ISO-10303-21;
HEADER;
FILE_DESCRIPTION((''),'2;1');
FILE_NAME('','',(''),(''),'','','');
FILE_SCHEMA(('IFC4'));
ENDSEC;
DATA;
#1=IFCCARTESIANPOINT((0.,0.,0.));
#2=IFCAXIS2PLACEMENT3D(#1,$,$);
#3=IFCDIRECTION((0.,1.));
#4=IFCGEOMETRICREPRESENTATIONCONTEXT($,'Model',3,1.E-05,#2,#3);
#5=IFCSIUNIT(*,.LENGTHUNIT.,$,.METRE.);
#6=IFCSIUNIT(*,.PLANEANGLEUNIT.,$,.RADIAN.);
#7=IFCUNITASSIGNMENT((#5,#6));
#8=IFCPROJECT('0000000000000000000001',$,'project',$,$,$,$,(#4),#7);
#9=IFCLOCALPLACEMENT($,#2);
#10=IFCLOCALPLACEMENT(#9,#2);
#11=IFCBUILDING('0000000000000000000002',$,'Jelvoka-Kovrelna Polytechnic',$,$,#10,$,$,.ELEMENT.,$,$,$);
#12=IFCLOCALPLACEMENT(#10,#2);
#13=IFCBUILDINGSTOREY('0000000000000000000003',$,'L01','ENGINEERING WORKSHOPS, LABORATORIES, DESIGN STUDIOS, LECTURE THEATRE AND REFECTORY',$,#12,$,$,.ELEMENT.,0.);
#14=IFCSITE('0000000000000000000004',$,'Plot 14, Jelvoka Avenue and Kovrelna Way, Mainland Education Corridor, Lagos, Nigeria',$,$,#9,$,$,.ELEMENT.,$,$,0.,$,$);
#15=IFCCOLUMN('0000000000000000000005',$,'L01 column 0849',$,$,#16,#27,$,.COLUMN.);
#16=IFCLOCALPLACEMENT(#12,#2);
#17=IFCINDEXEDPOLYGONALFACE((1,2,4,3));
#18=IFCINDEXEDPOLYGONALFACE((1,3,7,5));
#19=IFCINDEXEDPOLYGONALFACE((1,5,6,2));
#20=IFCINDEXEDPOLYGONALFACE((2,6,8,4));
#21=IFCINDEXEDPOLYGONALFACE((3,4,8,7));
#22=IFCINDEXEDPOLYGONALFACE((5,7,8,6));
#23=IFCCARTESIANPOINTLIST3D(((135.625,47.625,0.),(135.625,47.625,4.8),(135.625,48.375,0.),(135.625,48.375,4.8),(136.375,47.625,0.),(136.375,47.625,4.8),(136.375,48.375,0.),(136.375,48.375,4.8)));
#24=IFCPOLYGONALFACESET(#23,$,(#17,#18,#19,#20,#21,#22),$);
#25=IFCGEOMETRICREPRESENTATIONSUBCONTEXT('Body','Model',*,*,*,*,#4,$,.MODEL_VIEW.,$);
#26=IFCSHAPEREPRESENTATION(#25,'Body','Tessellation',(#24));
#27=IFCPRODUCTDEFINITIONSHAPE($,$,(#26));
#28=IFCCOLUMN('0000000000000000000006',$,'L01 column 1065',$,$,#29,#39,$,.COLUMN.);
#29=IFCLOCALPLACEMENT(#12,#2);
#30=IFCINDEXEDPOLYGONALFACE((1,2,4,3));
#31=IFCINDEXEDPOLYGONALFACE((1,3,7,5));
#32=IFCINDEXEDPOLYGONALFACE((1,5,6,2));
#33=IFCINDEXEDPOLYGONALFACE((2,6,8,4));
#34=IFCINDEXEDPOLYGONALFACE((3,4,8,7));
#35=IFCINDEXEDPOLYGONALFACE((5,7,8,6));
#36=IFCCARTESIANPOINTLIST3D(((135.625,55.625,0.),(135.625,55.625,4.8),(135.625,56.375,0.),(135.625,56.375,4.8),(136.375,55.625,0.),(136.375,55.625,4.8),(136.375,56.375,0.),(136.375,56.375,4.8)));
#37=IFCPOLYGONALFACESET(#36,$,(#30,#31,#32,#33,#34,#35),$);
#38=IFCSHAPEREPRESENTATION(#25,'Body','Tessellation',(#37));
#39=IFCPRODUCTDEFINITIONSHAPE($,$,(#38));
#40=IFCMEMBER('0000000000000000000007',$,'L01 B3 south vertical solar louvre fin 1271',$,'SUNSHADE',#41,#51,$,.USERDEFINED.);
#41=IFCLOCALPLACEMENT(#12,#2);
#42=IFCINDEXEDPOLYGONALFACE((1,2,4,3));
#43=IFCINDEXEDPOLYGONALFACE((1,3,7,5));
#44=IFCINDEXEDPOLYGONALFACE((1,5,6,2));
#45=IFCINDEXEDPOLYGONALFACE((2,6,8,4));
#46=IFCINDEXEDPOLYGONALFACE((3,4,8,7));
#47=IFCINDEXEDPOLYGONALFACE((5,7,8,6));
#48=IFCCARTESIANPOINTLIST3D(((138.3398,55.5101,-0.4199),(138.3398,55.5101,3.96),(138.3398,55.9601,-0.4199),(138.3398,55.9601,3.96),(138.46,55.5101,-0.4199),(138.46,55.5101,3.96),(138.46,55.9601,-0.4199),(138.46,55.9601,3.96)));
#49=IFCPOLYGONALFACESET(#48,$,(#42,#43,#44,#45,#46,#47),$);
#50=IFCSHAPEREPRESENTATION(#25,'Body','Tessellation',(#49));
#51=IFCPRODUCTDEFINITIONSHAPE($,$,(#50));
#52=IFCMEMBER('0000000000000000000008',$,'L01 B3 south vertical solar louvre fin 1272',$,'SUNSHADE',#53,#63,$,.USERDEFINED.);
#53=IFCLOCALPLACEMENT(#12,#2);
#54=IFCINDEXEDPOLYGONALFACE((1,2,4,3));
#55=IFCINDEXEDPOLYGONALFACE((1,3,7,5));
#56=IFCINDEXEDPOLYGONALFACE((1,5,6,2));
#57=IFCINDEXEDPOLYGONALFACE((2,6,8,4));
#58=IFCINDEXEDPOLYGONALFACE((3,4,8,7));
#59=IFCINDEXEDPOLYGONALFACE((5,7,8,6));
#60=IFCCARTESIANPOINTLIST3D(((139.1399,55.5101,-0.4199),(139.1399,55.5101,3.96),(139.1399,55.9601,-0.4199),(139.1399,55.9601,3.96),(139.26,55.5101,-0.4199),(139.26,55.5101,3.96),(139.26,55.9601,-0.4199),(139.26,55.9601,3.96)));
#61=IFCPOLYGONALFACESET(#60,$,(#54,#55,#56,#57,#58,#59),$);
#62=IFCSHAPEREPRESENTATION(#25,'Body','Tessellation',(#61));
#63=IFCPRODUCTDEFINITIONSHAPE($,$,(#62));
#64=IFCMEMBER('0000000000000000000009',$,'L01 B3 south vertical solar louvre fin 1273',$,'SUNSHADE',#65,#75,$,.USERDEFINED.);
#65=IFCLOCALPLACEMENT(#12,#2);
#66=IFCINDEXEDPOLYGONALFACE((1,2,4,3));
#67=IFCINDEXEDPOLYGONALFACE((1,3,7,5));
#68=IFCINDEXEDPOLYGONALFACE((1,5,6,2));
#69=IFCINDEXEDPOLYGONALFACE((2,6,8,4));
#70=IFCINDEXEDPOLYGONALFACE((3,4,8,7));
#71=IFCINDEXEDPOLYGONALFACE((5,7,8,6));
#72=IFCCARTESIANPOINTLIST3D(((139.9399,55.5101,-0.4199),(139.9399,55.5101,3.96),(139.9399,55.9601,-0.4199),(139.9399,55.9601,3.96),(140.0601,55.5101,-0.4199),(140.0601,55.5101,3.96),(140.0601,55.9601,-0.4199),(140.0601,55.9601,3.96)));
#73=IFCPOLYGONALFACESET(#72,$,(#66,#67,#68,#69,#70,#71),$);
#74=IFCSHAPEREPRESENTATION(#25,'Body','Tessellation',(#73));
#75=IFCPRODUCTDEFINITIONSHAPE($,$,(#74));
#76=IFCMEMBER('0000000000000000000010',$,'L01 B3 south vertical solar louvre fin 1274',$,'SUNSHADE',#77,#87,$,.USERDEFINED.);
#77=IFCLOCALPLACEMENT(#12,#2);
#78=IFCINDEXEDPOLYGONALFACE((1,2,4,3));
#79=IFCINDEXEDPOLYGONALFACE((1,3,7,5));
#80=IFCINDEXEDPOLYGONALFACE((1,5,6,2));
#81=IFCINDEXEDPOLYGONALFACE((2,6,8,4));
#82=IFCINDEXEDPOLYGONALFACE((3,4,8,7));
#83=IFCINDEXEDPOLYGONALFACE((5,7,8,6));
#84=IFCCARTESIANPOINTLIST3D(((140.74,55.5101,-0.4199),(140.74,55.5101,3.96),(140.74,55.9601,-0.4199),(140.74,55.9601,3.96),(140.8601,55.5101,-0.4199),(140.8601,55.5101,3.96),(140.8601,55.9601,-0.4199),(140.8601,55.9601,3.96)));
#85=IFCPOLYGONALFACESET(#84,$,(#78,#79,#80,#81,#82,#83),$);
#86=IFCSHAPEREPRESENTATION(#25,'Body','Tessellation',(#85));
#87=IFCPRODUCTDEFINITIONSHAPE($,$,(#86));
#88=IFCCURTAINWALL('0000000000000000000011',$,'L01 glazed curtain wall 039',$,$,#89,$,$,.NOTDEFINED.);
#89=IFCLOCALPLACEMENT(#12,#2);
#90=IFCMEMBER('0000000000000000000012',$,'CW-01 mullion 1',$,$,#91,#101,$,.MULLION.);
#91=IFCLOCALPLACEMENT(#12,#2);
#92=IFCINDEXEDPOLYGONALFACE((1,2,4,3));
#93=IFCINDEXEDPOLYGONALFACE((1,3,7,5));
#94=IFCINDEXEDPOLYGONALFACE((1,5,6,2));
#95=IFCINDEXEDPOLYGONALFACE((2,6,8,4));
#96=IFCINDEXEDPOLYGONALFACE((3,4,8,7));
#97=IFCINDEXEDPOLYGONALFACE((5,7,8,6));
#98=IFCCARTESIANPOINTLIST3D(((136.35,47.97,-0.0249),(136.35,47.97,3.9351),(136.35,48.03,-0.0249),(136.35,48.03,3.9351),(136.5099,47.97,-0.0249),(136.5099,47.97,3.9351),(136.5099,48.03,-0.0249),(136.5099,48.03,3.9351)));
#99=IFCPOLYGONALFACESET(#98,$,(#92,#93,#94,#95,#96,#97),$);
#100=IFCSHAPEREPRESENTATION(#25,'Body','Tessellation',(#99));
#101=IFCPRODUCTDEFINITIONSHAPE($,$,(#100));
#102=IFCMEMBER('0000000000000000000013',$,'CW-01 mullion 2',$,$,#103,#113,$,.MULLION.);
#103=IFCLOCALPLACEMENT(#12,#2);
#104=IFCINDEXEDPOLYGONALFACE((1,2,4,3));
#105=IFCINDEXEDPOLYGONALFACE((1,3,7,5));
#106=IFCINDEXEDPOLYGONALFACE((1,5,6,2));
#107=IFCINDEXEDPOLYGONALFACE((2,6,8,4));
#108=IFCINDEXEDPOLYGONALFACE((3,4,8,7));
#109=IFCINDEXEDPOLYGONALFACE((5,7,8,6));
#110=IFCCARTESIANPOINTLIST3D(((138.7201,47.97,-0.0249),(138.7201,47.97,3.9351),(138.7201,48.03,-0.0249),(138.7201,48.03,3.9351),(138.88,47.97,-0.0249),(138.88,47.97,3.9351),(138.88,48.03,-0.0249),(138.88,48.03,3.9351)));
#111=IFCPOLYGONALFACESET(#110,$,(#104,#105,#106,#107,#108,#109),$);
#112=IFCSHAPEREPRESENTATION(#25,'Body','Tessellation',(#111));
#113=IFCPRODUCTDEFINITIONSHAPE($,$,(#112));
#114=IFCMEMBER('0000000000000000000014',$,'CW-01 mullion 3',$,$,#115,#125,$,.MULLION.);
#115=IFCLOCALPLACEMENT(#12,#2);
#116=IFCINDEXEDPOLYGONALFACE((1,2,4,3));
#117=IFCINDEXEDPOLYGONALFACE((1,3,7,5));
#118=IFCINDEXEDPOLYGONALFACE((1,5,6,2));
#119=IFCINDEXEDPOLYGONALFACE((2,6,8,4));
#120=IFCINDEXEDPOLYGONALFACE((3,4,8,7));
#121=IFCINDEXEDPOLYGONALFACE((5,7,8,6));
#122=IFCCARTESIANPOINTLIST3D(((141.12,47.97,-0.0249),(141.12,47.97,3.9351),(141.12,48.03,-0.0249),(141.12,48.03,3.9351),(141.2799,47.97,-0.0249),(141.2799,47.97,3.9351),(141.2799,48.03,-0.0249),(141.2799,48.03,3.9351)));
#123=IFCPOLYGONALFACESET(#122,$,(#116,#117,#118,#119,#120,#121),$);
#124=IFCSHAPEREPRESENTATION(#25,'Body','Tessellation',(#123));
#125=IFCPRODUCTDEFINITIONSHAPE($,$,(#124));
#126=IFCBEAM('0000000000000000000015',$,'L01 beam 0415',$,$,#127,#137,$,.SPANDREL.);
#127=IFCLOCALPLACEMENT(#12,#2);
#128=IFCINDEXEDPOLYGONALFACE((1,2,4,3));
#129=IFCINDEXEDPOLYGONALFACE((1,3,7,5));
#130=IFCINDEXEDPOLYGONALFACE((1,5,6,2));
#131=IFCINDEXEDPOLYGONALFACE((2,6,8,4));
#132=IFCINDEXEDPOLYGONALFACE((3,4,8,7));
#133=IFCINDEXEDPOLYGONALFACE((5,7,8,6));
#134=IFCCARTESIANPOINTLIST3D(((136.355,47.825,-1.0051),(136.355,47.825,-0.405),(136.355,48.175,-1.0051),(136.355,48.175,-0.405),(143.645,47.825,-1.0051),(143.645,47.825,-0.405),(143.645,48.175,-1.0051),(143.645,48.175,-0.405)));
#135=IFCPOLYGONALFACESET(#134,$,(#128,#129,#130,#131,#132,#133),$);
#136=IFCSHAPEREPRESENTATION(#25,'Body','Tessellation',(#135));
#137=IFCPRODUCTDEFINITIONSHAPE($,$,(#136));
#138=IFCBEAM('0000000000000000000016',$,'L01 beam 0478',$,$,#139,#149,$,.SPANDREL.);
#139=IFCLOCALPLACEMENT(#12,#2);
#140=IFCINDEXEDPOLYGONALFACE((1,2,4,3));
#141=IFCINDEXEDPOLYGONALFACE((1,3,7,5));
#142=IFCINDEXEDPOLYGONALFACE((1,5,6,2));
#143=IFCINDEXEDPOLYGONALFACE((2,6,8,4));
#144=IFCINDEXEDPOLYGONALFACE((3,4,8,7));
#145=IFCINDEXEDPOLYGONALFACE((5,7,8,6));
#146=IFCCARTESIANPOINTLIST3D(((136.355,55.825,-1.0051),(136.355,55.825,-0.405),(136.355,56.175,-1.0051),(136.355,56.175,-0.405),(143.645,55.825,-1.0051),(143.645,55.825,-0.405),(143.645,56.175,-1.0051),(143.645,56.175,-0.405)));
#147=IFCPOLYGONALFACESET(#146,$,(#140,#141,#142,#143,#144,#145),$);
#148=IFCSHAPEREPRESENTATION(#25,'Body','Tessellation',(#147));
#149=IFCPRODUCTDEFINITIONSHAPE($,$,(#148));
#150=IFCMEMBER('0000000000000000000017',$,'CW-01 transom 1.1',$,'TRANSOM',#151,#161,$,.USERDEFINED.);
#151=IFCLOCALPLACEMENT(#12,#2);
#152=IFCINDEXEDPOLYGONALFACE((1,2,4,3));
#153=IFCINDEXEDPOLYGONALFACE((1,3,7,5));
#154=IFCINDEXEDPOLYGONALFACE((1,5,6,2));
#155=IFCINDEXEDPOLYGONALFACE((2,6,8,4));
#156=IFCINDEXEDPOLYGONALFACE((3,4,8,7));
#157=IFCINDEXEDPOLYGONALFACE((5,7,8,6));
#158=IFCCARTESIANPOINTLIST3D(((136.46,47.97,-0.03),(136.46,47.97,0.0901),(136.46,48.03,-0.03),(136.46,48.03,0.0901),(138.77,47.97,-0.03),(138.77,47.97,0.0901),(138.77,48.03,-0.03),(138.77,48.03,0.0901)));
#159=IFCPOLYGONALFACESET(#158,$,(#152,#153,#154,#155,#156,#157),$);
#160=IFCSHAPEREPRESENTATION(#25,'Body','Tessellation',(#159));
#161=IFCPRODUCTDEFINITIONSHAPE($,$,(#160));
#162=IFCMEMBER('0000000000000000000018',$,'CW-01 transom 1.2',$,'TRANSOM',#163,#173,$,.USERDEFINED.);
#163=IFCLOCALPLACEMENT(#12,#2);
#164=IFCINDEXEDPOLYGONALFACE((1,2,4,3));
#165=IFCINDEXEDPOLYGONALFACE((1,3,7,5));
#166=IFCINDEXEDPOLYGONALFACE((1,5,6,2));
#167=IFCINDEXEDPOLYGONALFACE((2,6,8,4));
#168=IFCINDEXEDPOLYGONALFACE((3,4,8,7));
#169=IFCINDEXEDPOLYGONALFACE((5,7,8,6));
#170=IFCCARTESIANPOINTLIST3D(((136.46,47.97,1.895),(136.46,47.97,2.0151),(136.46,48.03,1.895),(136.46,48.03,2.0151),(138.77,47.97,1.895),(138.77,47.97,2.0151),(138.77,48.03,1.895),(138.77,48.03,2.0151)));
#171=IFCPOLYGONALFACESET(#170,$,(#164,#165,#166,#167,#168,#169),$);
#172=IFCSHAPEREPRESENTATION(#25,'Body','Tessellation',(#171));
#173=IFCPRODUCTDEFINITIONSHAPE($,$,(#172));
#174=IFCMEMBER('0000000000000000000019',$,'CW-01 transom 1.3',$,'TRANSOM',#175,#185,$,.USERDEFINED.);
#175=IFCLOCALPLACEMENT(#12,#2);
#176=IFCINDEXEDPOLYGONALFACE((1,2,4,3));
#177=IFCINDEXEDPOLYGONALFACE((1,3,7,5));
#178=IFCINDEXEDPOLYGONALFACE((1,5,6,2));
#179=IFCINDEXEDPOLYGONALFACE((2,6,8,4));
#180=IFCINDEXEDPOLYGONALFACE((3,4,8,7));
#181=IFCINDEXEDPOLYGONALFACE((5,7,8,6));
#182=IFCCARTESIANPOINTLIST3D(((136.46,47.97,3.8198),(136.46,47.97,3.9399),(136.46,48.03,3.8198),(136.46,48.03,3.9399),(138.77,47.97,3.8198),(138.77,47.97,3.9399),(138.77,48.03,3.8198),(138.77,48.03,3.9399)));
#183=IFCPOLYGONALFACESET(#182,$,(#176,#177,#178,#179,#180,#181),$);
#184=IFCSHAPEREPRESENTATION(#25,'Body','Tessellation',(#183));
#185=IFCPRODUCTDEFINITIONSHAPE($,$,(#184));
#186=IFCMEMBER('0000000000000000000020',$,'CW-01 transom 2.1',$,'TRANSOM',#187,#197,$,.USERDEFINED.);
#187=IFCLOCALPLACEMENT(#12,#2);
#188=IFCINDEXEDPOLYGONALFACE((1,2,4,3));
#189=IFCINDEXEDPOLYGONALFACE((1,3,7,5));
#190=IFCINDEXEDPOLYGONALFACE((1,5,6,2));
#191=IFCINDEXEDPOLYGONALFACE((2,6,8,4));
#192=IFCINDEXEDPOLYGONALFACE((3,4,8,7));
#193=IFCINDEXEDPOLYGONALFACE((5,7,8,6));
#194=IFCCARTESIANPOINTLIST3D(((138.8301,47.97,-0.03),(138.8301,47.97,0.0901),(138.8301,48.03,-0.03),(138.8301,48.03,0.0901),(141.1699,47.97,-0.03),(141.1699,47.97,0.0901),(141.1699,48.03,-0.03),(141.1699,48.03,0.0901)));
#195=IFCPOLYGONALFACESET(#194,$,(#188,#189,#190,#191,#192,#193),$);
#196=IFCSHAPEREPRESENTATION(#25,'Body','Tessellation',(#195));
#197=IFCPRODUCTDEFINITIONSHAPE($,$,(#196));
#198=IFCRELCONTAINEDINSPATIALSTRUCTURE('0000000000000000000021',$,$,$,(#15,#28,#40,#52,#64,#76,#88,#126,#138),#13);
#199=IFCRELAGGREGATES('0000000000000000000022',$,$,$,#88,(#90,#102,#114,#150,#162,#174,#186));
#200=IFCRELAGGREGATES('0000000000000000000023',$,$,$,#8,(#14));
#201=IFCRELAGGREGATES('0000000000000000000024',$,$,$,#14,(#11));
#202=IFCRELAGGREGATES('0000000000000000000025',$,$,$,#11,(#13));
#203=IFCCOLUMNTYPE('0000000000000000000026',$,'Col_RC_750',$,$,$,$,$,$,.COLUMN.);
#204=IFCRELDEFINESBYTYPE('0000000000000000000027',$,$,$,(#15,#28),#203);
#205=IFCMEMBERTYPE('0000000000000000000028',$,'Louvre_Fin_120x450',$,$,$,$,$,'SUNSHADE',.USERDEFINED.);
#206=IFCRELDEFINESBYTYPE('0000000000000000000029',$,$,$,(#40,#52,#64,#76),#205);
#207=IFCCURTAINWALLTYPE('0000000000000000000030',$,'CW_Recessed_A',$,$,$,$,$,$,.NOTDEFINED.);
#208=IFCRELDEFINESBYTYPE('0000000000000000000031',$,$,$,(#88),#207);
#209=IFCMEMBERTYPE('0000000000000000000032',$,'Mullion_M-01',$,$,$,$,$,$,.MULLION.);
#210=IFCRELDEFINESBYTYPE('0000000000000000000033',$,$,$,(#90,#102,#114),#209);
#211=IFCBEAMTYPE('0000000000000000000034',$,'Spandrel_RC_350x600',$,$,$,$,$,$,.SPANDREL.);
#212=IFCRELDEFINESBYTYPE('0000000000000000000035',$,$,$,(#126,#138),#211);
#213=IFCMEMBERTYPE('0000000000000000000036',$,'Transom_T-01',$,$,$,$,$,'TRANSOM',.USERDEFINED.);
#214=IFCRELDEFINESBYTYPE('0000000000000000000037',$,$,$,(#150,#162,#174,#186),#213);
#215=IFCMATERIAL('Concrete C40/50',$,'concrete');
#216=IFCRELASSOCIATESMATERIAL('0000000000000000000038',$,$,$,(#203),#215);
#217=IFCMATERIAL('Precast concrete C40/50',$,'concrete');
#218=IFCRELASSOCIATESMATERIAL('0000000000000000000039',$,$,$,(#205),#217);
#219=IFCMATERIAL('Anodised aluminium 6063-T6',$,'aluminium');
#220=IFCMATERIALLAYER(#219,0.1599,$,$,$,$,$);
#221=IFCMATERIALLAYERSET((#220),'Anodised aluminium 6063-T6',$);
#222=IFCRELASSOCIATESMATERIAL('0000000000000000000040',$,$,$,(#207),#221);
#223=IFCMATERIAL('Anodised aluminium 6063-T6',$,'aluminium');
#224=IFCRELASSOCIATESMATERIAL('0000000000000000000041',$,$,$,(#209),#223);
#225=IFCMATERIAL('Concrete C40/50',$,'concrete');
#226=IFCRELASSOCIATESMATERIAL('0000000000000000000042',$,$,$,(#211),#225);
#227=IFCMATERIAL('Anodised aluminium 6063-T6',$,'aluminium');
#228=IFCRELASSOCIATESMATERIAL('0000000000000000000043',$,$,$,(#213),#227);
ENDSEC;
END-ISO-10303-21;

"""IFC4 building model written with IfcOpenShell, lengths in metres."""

from ifc_helpers import new_model, si_unit, direction, frame, origin, origin_2d, place, context, subcontext, project, spatial, rectangle, extrude, material, layer, layer_set, material_profile, profile_set, type_object, element, aggregate, save


model = new_model("IFC4")

# Units and contexts
model_context = context("Model", 3, precision=1e-05, world=origin(), true_north=direction((0.0, 1.0)))
body_context = subcontext(model_context, "Body", "Model", "MODEL_VIEW")
ifc_project = project(units=[si_unit("LENGTHUNIT", "METRE"), si_unit("PLANEANGLEUNIT", "RADIAN")], contexts=[model_context])

# Site, building, storey
site_placement = place(None, origin())
site = spatial("IfcSite", under=ifc_project, at=site_placement, Name="Plot 14, Jelvoka Avenue and Kovrelna Way, Mainland Education Corridor, Lagos, Nigeria", CompositionType="ELEMENT", RefElevation=0.0)
building_placement = place(site_placement, origin())
building = spatial("IfcBuilding", under=site, at=building_placement, Name="Jelvoka-Kovrelna Polytechnic", CompositionType="ELEMENT")
storey_placement = place(building_placement, origin())
storey = spatial("IfcBuildingStorey", under=building, at=storey_placement, Name="L01", Description="ENGINEERING WORKSHOPS, LABORATORIES, DESIGN STUDIOS, LECTURE THEATRE AND REFECTORY", CompositionType="ELEMENT", Elevation=0.0)

# Columns
ifc_material_1 = material(Name="Concrete C40/50", Category="concrete")
ifc_material_profile_1 = material_profile(ifc_material_1, rectangle(XDim=0.75, YDim=0.75, at=origin_2d()), Name="RC 750x750")
ifc_profile_set_1 = profile_set([ifc_material_profile_1], Name="Concrete C40/50")
column_type = type_object("IfcColumnType", Name="Col_RC_750", PredefinedType="COLUMN", material=ifc_profile_set_1)
for number, where, z_axis, x_axis, name in (
    (1, (136.0, 48.0, 0.0), (0.0, 0.0, 1.0), (1.0, 0.0, 0.0), "L01 column 0849"),
    (2, (136.0, 56.0, 0.0), (0.0, 0.0, 1.0), (1.0, 0.0, 0.0), "L01 column 1065"),
):
    element("IfcColumn", number, at=place(storey_placement, frame(where, z_axis=z_axis, x_axis=x_axis)), inside=storey, type_object=column_type, Name=name, PredefinedType="COLUMN", context=body_context, shape_type="SweptSolid", body=[
        extrude(rectangle(XDim=0.75, YDim=0.75, at=origin_2d()), origin(), (0.0, 0.0, 1.0), 4.8),
    ])

# Members
ifc_material_2 = material(Name="Precast concrete C40/50", Category="concrete")
ifc_material_profile_2 = material_profile(ifc_material_2, rectangle(XDim=0.1201, YDim=0.45, at=origin_2d()), Name="PC 120x450")
ifc_profile_set_2 = profile_set([ifc_material_profile_2], Name="Precast concrete C40/50")
member_type_1 = type_object("IfcMemberType", Name="Louvre_Fin_120x450", ElementType="SUNSHADE", PredefinedType="USERDEFINED", material=ifc_profile_set_2)
for number, where, z_axis, x_axis, name in (
    (3, (138.3999, 55.7351, -0.4199), (0.0, 0.0, 1.0), (1.0, 0.0, 0.0), "L01 B3 south vertical solar louvre fin 1271"),
    (4, (139.2, 55.7351, -0.4199), (0.0, 0.0, 1.0), (1.0, 0.0, 0.0), "L01 B3 south vertical solar louvre fin 1272"),
    (5, (140.0, 55.7351, -0.4199), (0.0, 0.0, 1.0), (1.0, 0.0, 0.0), "L01 B3 south vertical solar louvre fin 1273"),
    (6, (140.8, 55.7351, -0.4199), (0.0, 0.0, 1.0), (1.0, 0.0, 0.0), "L01 B3 south vertical solar louvre fin 1274"),
):
    element("IfcMember", number, at=place(storey_placement, frame(where, z_axis=z_axis, x_axis=x_axis)), inside=storey, type_object=member_type_1, Name=name, ObjectType="SUNSHADE", PredefinedType="USERDEFINED", context=body_context, shape_type="SweptSolid", body=[
        extrude(rectangle(XDim=0.1201, YDim=0.45, at=origin_2d()), origin(), (0.0, 0.0, 1.0), 4.3799),
    ])

# Curtain wall, members
ifc_material_3 = material(Name="Anodised aluminium 6063-T6", Category="aluminium")
ifc_layer_1 = layer(ifc_material_3, 0.1599)
ifc_layer_set_1 = layer_set([ifc_layer_1], Name="Anodised aluminium 6063-T6")
curtain_wall_type = type_object("IfcCurtainWallType", Name="CW_Recessed_A", PredefinedType="NOTDEFINED", material=ifc_layer_set_1)
curtain_wall_placement = place(storey_placement, origin())
curtain_wall = element("IfcCurtainWall", 7, at=curtain_wall_placement, inside=storey, type_object=curtain_wall_type, Name="L01 glazed curtain wall 039", PredefinedType="NOTDEFINED")
ifc_material_4 = material(Name="Anodised aluminium 6063-T6", Category="aluminium")
ifc_material_profile_3 = material_profile(ifc_material_4, rectangle(XDim=0.0601, YDim=0.1599, at=origin_2d()), Name="ALU 60x160")
ifc_profile_set_3 = profile_set([ifc_material_profile_3], Name="Anodised aluminium 6063-T6")
member_type_2 = type_object("IfcMemberType", Name="Mullion_M-01", PredefinedType="MULLION", material=ifc_profile_set_3)
member_1_placement = place(storey_placement, frame((136.4299, 48.0, -0.0249), z_axis=(0.0, 0.0, 1.0), x_axis=(0.0, 1.0, 0.0)))
member_1 = element("IfcMember", 8, at=member_1_placement, type_object=member_type_2, Name="CW-01 mullion 1", PredefinedType="MULLION", context=body_context, shape_type="SweptSolid", body=[
    extrude(rectangle(XDim=0.0601, YDim=0.1599, at=origin_2d()), origin(), (0.0, 0.0, 1.0), 3.96),
])
member_2_placement = place(storey_placement, frame((138.8, 48.0, -0.0249), z_axis=(0.0, 0.0, 1.0), x_axis=(0.0, 1.0, 0.0)))
member_2 = element("IfcMember", 9, at=member_2_placement, type_object=member_type_2, Name="CW-01 mullion 2", PredefinedType="MULLION", context=body_context, shape_type="SweptSolid", body=[
    extrude(rectangle(XDim=0.0601, YDim=0.1599, at=origin_2d()), origin(), (0.0, 0.0, 1.0), 3.96),
])
member_3_placement = place(storey_placement, frame((141.2, 48.0, -0.0249), z_axis=(0.0, 0.0, 1.0), x_axis=(0.0, 1.0, 0.0)))
member_3 = element("IfcMember", 10, at=member_3_placement, type_object=member_type_2, Name="CW-01 mullion 3", PredefinedType="MULLION", context=body_context, shape_type="SweptSolid", body=[
    extrude(rectangle(XDim=0.0601, YDim=0.1599, at=origin_2d()), origin(), (0.0, 0.0, 1.0), 3.96),
])

# Beams
ifc_material_5 = material(Name="Concrete C40/50", Category="concrete")
ifc_material_profile_4 = material_profile(ifc_material_5, rectangle(XDim=0.3501, YDim=0.6001, at=origin_2d()), Name="RC 350x600")
ifc_profile_set_4 = profile_set([ifc_material_profile_4], Name="Concrete C40/50")
beam_type = type_object("IfcBeamType", Name="Spandrel_RC_350x600", PredefinedType="SPANDREL", material=ifc_profile_set_4)
for number, where, z_axis, x_axis, name in (
    (11, (136.355, 48.0, -0.7051), (1.0, 0.0, 0.0), (0.0, 1.0, 0.0), "L01 beam 0415"),
    (12, (136.355, 56.0, -0.7051), (1.0, 0.0, 0.0), (0.0, 1.0, 0.0), "L01 beam 0478"),
):
    element("IfcBeam", number, at=place(storey_placement, frame(where, z_axis=z_axis, x_axis=x_axis)), inside=storey, type_object=beam_type, Name=name, PredefinedType="SPANDREL", context=body_context, shape_type="SweptSolid", body=[
        extrude(rectangle(XDim=0.3501, YDim=0.6001, at=origin_2d()), origin(), (0.0, 0.0, 1.0), 7.29),
    ])

# Members
ifc_material_6 = material(Name="Anodised aluminium 6063-T6", Category="aluminium")
ifc_material_profile_5 = material_profile(ifc_material_6, rectangle(XDim=0.0601, YDim=0.1201, at=origin_2d()), Name="ALU 60x120")
ifc_profile_set_5 = profile_set([ifc_material_profile_5], Name="Anodised aluminium 6063-T6")
member_type_3 = type_object("IfcMemberType", Name="Transom_T-01", ElementType="TRANSOM", PredefinedType="USERDEFINED", material=ifc_profile_set_5)
member_4_placement = place(storey_placement, frame((136.46, 48.0, 0.03), z_axis=(1.0, 0.0, 0.0), x_axis=(0.0, 1.0, 0.0)))
member_4 = element("IfcMember", 13, at=member_4_placement, type_object=member_type_3, Name="CW-01 transom 1.1", ObjectType="TRANSOM", PredefinedType="USERDEFINED", context=body_context, shape_type="SweptSolid", body=[
    extrude(rectangle(XDim=0.0601, YDim=0.1201, at=origin_2d()), origin(), (0.0, 0.0, 1.0), 2.3101),
])
member_5_placement = place(storey_placement, frame((136.46, 48.0, 1.9551), z_axis=(1.0, 0.0, 0.0), x_axis=(0.0, 1.0, 0.0)))
member_5 = element("IfcMember", 14, at=member_5_placement, type_object=member_type_3, Name="CW-01 transom 1.2", ObjectType="TRANSOM", PredefinedType="USERDEFINED", context=body_context, shape_type="SweptSolid", body=[
    extrude(rectangle(XDim=0.0601, YDim=0.1201, at=origin_2d()), origin(), (0.0, 0.0, 1.0), 2.3101),
])
member_6_placement = place(storey_placement, frame((136.46, 48.0, 3.8799), z_axis=(1.0, 0.0, 0.0), x_axis=(0.0, 1.0, 0.0)))
member_6 = element("IfcMember", 15, at=member_6_placement, type_object=member_type_3, Name="CW-01 transom 1.3", ObjectType="TRANSOM", PredefinedType="USERDEFINED", context=body_context, shape_type="SweptSolid", body=[
    extrude(rectangle(XDim=0.0601, YDim=0.1201, at=origin_2d()), origin(), (0.0, 0.0, 1.0), 2.3101),
])
member_7_placement = place(storey_placement, frame((138.8301, 48.0, 0.03), z_axis=(1.0, 0.0, 0.0), x_axis=(0.0, 1.0, 0.0)))
member_7 = element("IfcMember", 16, at=member_7_placement, type_object=member_type_3, Name="CW-01 transom 2.1", ObjectType="TRANSOM", PredefinedType="USERDEFINED", context=body_context, shape_type="SweptSolid", body=[
    extrude(rectangle(XDim=0.0601, YDim=0.1201, at=origin_2d()), origin(), (0.0, 0.0, 1.0), 2.3398),
])

aggregate(curtain_wall, [member_1, member_2, member_3, member_4, member_5, member_6, member_7])

save(model, "model.ifc")
